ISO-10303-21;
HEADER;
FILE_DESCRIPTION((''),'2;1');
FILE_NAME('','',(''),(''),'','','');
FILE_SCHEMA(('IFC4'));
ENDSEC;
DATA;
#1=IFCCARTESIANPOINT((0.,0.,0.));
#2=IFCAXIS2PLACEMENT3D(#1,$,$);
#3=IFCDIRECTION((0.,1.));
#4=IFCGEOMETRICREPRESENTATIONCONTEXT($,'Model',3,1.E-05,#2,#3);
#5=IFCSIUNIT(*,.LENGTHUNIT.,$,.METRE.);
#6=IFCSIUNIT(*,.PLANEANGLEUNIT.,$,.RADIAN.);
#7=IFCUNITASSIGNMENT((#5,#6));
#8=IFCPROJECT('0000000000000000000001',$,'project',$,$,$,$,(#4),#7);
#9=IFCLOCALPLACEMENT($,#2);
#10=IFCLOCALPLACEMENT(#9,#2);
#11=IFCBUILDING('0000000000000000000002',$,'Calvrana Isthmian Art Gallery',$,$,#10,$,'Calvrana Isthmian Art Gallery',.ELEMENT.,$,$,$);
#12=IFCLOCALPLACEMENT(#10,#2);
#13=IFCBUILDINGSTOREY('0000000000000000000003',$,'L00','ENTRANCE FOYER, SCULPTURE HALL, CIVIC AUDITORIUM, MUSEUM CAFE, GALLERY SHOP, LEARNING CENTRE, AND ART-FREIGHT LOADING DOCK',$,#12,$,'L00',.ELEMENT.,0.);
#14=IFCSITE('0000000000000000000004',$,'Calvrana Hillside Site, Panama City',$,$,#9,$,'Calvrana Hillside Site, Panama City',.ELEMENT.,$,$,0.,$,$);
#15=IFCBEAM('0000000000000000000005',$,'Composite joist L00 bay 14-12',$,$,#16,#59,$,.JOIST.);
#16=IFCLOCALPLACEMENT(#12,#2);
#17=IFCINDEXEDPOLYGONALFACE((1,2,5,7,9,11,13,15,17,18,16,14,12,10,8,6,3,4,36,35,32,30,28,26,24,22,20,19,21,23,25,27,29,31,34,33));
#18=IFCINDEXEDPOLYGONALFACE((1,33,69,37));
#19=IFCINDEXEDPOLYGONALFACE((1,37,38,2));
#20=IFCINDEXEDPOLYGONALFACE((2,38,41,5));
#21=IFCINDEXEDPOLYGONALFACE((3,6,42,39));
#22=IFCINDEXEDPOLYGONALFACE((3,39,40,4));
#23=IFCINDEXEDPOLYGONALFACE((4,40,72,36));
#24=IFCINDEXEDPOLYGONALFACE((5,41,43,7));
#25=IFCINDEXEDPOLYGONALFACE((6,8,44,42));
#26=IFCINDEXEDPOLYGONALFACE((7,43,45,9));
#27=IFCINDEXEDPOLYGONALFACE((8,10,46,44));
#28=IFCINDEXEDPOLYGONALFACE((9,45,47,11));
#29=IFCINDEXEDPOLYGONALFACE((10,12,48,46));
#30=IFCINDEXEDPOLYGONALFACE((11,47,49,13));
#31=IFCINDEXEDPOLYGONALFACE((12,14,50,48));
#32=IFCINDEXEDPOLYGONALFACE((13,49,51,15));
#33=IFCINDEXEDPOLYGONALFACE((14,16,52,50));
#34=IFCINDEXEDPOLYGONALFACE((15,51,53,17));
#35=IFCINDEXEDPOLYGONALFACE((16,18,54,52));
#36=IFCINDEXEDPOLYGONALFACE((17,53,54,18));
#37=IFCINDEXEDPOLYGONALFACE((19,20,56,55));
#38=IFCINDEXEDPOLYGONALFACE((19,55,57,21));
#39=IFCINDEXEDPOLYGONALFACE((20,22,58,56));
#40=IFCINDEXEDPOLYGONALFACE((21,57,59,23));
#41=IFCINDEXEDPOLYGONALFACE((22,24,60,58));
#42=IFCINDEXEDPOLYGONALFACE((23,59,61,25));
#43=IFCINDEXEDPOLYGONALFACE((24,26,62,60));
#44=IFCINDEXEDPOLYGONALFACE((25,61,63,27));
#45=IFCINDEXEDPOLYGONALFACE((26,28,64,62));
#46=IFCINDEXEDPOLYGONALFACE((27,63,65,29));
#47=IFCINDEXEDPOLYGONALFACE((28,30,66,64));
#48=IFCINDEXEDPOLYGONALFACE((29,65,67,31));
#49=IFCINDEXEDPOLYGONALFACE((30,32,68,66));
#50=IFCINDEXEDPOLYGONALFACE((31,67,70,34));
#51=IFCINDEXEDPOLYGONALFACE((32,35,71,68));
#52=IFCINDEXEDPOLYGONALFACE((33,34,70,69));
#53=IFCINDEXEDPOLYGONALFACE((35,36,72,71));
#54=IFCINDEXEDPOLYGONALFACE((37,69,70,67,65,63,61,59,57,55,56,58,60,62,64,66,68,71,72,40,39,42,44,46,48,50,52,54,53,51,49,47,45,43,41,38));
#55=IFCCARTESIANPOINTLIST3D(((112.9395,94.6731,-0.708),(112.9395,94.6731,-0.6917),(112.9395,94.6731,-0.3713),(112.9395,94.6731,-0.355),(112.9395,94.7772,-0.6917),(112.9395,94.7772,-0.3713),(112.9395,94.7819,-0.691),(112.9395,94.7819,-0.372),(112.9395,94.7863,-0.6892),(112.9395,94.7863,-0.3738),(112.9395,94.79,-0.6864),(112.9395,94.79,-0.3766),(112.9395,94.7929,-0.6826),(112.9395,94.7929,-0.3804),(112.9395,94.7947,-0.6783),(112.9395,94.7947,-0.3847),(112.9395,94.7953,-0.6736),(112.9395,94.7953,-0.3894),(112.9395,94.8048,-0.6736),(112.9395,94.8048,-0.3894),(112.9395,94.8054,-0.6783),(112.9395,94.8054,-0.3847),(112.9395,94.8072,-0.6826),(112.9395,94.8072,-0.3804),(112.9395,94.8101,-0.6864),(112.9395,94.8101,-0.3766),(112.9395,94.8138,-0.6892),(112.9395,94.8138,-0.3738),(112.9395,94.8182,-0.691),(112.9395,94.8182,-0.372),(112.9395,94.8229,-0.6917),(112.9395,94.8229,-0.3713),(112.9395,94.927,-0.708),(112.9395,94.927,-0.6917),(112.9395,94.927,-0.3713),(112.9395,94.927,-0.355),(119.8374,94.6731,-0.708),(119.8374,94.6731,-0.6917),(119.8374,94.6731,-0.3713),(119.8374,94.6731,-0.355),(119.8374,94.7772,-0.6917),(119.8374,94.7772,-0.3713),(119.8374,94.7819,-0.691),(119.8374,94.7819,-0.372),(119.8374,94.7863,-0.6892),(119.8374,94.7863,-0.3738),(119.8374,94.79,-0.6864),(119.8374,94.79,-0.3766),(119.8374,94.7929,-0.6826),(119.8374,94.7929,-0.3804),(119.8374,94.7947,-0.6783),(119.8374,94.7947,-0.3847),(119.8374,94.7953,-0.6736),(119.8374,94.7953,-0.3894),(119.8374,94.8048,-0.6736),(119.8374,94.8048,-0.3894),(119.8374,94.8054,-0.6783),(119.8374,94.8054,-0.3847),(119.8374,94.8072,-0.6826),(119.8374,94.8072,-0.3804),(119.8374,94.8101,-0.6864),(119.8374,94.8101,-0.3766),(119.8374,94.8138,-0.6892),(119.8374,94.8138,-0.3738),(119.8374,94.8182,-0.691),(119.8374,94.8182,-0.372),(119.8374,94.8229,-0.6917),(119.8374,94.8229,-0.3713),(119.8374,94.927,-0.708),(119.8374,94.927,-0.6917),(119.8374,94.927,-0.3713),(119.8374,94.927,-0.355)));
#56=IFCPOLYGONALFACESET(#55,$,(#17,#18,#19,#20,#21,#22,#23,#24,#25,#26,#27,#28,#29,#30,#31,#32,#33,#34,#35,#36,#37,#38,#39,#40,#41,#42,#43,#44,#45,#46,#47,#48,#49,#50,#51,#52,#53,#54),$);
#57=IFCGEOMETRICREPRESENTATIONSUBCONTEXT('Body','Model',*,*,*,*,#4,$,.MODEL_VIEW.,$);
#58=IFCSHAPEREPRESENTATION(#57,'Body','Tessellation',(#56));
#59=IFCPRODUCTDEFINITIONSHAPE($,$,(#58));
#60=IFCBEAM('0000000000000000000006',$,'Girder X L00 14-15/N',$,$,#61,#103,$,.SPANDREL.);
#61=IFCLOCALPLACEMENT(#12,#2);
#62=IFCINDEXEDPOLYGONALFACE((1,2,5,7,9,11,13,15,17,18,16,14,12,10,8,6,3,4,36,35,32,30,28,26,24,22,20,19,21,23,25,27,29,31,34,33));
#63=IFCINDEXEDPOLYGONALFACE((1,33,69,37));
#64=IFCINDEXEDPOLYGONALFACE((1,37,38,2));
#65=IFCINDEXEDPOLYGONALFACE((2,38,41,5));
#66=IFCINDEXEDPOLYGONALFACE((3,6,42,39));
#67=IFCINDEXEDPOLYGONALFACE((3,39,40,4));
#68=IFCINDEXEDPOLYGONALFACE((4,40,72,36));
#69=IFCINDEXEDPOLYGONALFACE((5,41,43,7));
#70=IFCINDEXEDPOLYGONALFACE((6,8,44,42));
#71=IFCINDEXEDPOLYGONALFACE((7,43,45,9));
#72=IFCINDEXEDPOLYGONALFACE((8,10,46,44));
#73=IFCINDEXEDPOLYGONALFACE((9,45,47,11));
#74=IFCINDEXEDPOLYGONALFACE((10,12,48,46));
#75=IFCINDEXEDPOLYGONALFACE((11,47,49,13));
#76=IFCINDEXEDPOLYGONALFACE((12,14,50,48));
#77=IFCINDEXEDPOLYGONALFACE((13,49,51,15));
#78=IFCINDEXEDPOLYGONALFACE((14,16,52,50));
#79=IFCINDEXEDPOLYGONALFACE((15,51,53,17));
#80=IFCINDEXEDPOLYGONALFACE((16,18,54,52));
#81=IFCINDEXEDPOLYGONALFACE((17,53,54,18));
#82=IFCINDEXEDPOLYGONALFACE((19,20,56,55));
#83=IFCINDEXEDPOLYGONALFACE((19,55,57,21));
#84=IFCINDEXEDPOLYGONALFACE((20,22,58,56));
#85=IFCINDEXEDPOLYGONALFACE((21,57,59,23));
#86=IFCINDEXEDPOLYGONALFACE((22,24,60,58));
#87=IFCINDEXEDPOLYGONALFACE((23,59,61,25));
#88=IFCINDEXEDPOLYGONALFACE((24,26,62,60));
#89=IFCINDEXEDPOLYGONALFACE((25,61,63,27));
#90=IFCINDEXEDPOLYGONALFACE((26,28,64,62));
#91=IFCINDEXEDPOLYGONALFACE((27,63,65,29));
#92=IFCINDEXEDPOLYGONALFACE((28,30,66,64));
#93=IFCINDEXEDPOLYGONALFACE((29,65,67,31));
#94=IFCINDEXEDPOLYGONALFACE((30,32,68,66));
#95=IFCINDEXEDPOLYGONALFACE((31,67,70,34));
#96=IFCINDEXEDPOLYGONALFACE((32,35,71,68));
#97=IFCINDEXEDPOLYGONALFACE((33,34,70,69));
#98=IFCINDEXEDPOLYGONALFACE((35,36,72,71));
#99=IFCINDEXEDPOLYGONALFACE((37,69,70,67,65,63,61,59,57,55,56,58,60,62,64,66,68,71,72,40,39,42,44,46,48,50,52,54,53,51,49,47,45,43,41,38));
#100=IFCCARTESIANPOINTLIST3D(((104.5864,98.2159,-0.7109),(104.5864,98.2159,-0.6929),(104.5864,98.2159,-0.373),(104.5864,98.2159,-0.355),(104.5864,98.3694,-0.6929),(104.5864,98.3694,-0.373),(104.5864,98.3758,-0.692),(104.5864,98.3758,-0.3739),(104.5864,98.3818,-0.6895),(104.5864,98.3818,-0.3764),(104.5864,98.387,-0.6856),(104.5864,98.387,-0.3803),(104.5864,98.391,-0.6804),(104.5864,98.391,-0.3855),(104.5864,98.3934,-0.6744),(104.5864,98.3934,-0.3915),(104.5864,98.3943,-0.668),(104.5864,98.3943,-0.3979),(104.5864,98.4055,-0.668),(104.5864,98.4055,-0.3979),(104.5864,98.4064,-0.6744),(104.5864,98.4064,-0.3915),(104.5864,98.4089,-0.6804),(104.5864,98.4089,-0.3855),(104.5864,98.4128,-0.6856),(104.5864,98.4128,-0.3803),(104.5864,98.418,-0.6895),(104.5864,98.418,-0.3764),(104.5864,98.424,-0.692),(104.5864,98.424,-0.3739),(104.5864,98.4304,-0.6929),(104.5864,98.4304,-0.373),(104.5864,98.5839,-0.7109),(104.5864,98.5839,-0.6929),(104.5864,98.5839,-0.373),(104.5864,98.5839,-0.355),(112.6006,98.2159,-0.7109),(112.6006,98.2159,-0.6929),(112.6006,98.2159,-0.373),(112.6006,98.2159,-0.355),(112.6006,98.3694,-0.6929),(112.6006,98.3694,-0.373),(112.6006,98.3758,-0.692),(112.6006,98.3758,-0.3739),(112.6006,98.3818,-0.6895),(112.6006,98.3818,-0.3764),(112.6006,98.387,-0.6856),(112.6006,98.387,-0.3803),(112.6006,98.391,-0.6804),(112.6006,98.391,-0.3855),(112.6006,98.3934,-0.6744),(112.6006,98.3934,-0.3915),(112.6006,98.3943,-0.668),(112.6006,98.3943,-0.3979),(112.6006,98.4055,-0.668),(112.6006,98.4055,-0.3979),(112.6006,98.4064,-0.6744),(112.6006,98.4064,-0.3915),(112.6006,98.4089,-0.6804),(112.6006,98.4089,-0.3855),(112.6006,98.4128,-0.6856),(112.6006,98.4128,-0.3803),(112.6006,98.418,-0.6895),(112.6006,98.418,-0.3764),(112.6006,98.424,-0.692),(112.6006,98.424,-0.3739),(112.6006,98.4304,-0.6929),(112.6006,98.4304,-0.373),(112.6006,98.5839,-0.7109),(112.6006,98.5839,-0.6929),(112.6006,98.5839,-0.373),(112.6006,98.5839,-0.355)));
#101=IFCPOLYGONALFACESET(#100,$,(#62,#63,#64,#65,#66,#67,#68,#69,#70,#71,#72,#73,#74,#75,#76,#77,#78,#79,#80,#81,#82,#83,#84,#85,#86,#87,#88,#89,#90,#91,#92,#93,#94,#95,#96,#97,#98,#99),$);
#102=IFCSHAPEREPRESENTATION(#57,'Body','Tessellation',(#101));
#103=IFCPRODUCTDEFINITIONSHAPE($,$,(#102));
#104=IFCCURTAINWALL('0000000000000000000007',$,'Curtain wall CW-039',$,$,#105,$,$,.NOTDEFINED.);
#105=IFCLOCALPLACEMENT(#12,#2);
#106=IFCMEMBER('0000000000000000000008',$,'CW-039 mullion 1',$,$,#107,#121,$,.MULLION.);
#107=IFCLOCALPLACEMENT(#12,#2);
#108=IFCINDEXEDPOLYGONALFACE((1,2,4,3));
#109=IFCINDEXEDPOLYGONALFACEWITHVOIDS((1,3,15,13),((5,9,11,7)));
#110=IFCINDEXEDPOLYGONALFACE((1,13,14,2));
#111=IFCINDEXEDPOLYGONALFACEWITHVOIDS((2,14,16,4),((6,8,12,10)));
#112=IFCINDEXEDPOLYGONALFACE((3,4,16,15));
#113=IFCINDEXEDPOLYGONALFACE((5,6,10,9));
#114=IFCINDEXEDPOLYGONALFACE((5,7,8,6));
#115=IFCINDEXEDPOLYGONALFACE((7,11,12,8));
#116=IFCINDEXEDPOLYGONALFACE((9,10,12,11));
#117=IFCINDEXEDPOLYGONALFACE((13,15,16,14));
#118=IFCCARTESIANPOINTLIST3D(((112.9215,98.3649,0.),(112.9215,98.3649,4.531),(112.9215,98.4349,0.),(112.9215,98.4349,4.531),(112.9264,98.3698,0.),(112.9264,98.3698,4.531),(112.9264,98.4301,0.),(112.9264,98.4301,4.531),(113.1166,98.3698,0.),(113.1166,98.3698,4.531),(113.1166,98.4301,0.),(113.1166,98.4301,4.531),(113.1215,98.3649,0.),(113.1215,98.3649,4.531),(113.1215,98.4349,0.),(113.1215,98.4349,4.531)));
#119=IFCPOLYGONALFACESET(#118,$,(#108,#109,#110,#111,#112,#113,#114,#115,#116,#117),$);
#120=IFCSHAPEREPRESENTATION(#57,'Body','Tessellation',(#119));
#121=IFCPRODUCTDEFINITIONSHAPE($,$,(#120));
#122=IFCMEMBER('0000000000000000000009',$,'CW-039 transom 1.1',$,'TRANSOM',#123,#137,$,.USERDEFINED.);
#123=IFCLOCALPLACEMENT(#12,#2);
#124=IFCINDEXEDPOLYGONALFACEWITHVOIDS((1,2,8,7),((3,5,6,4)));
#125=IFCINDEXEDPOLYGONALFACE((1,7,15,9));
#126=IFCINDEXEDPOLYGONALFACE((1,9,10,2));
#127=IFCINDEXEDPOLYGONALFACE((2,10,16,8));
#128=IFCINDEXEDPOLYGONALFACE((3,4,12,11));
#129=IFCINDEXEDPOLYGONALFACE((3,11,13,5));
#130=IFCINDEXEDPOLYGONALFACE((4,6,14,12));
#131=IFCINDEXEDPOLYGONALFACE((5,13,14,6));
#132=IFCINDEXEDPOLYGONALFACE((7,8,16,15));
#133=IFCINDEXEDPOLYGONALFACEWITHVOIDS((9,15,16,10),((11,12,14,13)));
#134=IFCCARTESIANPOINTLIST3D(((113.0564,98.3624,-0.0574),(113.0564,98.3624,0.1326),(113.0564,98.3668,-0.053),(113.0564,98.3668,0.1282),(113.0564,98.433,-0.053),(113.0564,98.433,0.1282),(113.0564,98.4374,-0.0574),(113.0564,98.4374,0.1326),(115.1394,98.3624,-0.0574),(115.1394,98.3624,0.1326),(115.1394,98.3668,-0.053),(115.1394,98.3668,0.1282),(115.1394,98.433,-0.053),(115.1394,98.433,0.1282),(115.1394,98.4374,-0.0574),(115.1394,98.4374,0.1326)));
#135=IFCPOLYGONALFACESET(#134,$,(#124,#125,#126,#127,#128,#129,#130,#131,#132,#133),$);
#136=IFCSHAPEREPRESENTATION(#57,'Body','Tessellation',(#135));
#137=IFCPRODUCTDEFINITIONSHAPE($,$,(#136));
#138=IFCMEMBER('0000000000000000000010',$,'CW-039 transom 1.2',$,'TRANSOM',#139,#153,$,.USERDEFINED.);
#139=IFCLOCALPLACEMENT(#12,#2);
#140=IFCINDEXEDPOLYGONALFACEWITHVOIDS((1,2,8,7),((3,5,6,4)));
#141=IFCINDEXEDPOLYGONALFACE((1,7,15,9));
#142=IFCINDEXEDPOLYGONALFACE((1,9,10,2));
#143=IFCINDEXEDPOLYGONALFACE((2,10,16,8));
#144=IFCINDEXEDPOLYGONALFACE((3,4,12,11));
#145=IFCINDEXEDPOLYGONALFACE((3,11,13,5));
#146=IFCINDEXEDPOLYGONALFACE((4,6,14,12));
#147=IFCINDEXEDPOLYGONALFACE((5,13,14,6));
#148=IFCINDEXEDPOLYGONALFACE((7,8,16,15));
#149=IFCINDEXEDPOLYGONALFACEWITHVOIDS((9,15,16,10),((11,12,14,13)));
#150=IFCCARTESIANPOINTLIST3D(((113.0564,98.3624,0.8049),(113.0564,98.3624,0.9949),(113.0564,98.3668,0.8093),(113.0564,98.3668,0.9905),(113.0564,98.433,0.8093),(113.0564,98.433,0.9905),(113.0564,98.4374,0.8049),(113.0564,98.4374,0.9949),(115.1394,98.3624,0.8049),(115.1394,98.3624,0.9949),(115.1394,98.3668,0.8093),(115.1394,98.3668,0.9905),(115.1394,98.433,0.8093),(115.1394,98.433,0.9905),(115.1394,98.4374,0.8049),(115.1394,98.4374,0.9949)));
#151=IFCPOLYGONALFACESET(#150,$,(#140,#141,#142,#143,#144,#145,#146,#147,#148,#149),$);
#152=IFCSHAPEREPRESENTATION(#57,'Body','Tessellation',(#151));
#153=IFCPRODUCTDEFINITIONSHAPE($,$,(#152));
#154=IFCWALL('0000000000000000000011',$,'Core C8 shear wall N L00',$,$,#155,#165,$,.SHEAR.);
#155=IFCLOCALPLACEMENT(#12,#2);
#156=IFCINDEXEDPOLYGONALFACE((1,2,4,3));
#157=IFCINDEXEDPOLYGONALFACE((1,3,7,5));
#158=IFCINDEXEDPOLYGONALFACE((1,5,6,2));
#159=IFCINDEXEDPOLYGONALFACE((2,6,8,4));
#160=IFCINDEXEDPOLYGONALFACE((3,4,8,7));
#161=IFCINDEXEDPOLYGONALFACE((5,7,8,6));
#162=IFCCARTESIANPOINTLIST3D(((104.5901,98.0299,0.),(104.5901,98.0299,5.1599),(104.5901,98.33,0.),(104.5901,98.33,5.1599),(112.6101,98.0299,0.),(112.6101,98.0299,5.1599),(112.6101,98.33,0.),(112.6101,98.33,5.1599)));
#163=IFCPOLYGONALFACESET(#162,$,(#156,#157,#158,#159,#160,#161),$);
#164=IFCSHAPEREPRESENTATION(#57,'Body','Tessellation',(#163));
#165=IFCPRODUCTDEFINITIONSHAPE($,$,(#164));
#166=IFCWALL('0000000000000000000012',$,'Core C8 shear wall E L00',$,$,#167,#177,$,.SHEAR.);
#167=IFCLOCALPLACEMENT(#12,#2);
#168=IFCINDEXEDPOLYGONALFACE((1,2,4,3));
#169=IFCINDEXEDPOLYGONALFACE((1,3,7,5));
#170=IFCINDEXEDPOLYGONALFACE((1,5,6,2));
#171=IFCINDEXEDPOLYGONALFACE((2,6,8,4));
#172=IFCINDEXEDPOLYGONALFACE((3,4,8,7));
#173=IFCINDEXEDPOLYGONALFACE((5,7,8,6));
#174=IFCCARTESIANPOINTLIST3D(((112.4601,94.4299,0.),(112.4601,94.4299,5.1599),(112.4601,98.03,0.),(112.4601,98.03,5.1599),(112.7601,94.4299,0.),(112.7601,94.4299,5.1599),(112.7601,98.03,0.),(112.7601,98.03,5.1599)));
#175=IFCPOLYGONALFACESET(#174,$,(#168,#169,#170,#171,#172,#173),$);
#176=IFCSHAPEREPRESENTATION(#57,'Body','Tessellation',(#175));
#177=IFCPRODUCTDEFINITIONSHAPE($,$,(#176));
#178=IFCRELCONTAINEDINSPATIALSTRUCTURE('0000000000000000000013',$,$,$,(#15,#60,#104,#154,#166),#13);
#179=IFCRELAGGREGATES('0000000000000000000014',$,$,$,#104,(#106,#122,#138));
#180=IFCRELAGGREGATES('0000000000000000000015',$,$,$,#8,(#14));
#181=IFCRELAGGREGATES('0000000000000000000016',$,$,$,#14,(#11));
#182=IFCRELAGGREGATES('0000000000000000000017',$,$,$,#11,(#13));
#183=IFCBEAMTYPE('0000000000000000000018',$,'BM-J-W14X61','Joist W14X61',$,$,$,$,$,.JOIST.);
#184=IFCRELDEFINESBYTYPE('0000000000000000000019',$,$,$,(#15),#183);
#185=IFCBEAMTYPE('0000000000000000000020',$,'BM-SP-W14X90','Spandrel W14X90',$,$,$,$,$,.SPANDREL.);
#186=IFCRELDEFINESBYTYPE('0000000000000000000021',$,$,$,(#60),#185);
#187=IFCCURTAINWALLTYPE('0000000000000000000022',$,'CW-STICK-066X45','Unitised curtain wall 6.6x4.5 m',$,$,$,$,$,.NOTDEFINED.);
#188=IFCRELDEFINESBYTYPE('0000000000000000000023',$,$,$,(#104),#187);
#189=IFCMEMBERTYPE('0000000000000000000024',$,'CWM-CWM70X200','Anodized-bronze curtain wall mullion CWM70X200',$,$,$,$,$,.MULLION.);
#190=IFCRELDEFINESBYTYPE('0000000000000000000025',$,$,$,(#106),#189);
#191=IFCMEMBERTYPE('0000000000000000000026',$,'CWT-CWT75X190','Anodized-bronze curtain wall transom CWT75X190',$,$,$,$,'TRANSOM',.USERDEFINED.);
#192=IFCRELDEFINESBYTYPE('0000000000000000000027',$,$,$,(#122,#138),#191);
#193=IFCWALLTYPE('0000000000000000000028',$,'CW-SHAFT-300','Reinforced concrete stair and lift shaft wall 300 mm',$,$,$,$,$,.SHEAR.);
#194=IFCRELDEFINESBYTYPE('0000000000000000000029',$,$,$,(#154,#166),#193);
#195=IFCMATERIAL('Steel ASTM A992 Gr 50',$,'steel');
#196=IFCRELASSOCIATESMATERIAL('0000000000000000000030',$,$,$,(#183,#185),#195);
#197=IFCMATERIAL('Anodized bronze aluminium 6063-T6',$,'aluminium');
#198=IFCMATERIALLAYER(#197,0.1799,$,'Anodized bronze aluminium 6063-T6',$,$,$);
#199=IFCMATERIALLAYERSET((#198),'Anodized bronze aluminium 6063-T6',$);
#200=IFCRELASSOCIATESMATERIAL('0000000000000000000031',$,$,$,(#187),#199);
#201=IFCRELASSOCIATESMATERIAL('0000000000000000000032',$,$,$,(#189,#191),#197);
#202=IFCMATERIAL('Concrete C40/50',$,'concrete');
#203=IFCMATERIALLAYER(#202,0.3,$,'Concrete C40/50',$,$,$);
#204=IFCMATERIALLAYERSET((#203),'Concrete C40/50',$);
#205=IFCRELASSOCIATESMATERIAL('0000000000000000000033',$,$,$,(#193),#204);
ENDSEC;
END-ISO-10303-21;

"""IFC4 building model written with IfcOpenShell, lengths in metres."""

from ifc_helpers import new_model, si_unit, direction, frame, frame_2d, origin, origin_2d, place, context, subcontext, project, spatial, rectangle, hollow_rectangle, i_section, extrude, material, layer, layer_set, material_profile, profile_set, type_object, element, aggregate, save


model = new_model("IFC4")

# Units and contexts
model_context = context("Model", 3, precision=1e-05, world=origin(), true_north=direction((0.0, 1.0)))
body_context = subcontext(model_context, "Body", "Model", "MODEL_VIEW")
ifc_project = project(units=[si_unit("LENGTHUNIT", "METRE"), si_unit("PLANEANGLEUNIT", "RADIAN")], contexts=[model_context])

# Site, building, storey
site_placement = place(None, origin())
site = spatial("IfcSite", under=ifc_project, at=site_placement, Name="Calvrana Hillside Site, Panama City", LongName="Calvrana Hillside Site, Panama City", CompositionType="ELEMENT", RefElevation=0.0)
building_placement = place(site_placement, origin())
building = spatial("IfcBuilding", under=site, at=building_placement, Name="Calvrana Isthmian Art Gallery", LongName="Calvrana Isthmian Art Gallery", CompositionType="ELEMENT")
storey_placement = place(building_placement, origin())
storey = spatial("IfcBuildingStorey", under=building, at=storey_placement, Name="L00", Description="ENTRANCE FOYER, SCULPTURE HALL, CIVIC AUDITORIUM, MUSEUM CAFE, GALLERY SHOP, LEARNING CENTRE, AND ART-FREIGHT LOADING DOCK", LongName="L00", CompositionType="ELEMENT", Elevation=0.0)

# Shared definitions
ifc_material_1 = material(Name="Steel ASTM A992 Gr 50", Category="steel")

# Beams
ifc_material_profile_1 = material_profile(ifc_material_1, i_section(OverallWidth=0.2539, OverallDepth=0.353, WebThickness=0.0095, FlangeThickness=0.0164, FilletRadius=0.0181, at=origin_2d()), Name="W14X61")
ifc_profile_set_1 = profile_set([ifc_material_profile_1], Name="Steel ASTM A992 Gr 50")
beam_type_1 = type_object("IfcBeamType", Name="BM-J-W14X61", Description="Joist W14X61", PredefinedType="JOIST", material=ifc_profile_set_1)
beam_1_placement = place(storey_placement, frame((112.9395, 94.8, -0.5315), z_axis=(1.0, 0.0, 0.0), x_axis=(0.0, 1.0, 0.0)))
element("IfcBeam", 1, at=beam_1_placement, inside=storey, type_object=beam_type_1, Name="Composite joist L00 bay 14-12", PredefinedType="JOIST", context=body_context, shape_type="SweptSolid", body=[
    extrude(i_section(OverallWidth=0.2539, OverallDepth=0.353, WebThickness=0.0095, FlangeThickness=0.0164, FilletRadius=0.0181, at=origin_2d()), origin(), (0.0, 0.0, 1.0), 6.8979),
])
ifc_material_profile_2 = material_profile(ifc_material_1, i_section(OverallWidth=0.3679, OverallDepth=0.356, WebThickness=0.0112, FlangeThickness=0.0181, FilletRadius=0.0249, at=origin_2d()), Name="W14X90")
ifc_profile_set_2 = profile_set([ifc_material_profile_2], Name="Steel ASTM A992 Gr 50")
beam_type_2 = type_object("IfcBeamType", Name="BM-SP-W14X90", Description="Spandrel W14X90", PredefinedType="SPANDREL", material=ifc_profile_set_2)
beam_2_placement = place(storey_placement, frame((104.5864, 98.3999, -0.533), z_axis=(1.0, 0.0, 0.0), x_axis=(0.0, 1.0, 0.0)))
element("IfcBeam", 2, at=beam_2_placement, inside=storey, type_object=beam_type_2, Name="Girder X L00 14-15/N", PredefinedType="SPANDREL", context=body_context, shape_type="SweptSolid", body=[
    extrude(i_section(OverallWidth=0.3679, OverallDepth=0.356, WebThickness=0.0112, FlangeThickness=0.0181, FilletRadius=0.0249, at=origin_2d()), origin(), (0.0, 0.0, 1.0), 8.0142),
])

# Curtain wall, members
ifc_material_2 = material(Name="Anodized bronze aluminium 6063-T6", Category="aluminium")
ifc_layer_1 = layer(ifc_material_2, 0.1799, Name="Anodized bronze aluminium 6063-T6")
ifc_layer_set_1 = layer_set([ifc_layer_1], Name="Anodized bronze aluminium 6063-T6")
curtain_wall_type = type_object("IfcCurtainWallType", Name="CW-STICK-066X45", Description="Unitised curtain wall 6.6x4.5 m", PredefinedType="NOTDEFINED", material=ifc_layer_set_1)
curtain_wall_placement = place(storey_placement, origin())
curtain_wall = element("IfcCurtainWall", 3, at=curtain_wall_placement, inside=storey, type_object=curtain_wall_type, Name="Curtain wall CW-039", PredefinedType="NOTDEFINED")
ifc_material_profile_3 = material_profile(ifc_material_2, hollow_rectangle(XDim=0.0701, YDim=0.2, WallThickness=0.0049, at=origin_2d()), Name="CWM70X200")
ifc_profile_set_3 = profile_set([ifc_material_profile_3], Name="Anodized bronze aluminium 6063-T6")
member_type_1 = type_object("IfcMemberType", Name="CWM-CWM70X200", Description="Anodized-bronze curtain wall mullion CWM70X200", PredefinedType="MULLION", material=ifc_profile_set_3)
member_1_placement = place(storey_placement, frame((113.0215, 98.3999, 0.0), z_axis=(0.0, 0.0, 1.0), x_axis=(0.0, 1.0, 0.0)))
member_1 = element("IfcMember", 4, at=member_1_placement, type_object=member_type_1, Name="CW-039 mullion 1", PredefinedType="MULLION", context=body_context, shape_type="SweptSolid", body=[
    extrude(hollow_rectangle(XDim=0.0701, YDim=0.2, WallThickness=0.0049, at=origin_2d()), origin(), (0.0, 0.0, 1.0), 4.531),
])
ifc_material_profile_4 = material_profile(ifc_material_2, hollow_rectangle(XDim=0.075, YDim=0.1899, WallThickness=0.0044, at=origin_2d()), Name="CWT75X190")
ifc_profile_set_4 = profile_set([ifc_material_profile_4], Name="Anodized bronze aluminium 6063-T6")
member_type_2 = type_object("IfcMemberType", Name="CWT-CWT75X190", Description="Anodized-bronze curtain wall transom CWT75X190", ElementType="TRANSOM", PredefinedType="USERDEFINED", material=ifc_profile_set_4)
member_2_placement = place(storey_placement, frame((113.0564, 98.3999, 0.0376), z_axis=(1.0, 0.0, 0.0), x_axis=(0.0, 1.0, 0.0)))
member_2 = element("IfcMember", 5, at=member_2_placement, type_object=member_type_2, Name="CW-039 transom 1.1", ObjectType="TRANSOM", PredefinedType="USERDEFINED", context=body_context, shape_type="SweptSolid", body=[
    extrude(hollow_rectangle(XDim=0.075, YDim=0.1899, WallThickness=0.0044, at=origin_2d()), origin(), (0.0, 0.0, 1.0), 2.083),
])
member_3_placement = place(storey_placement, frame((113.0564, 98.3999, 0.8999), z_axis=(1.0, 0.0, 0.0), x_axis=(0.0, 1.0, 0.0)))
member_3 = element("IfcMember", 6, at=member_3_placement, type_object=member_type_2, Name="CW-039 transom 1.2", ObjectType="TRANSOM", PredefinedType="USERDEFINED", context=body_context, shape_type="SweptSolid", body=[
    extrude(hollow_rectangle(XDim=0.075, YDim=0.1899, WallThickness=0.0044, at=origin_2d()), origin(), (0.0, 0.0, 1.0), 2.083),
])
aggregate(curtain_wall, [member_1, member_2, member_3])

# Walls
ifc_material_3 = material(Name="Concrete C40/50", Category="concrete")
ifc_layer_2 = layer(ifc_material_3, 0.3, Name="Concrete C40/50")
ifc_layer_set_2 = layer_set([ifc_layer_2], Name="Concrete C40/50")
wall_type = type_object("IfcWallType", Name="CW-SHAFT-300", Description="Reinforced concrete stair and lift shaft wall 300 mm", PredefinedType="SHEAR", material=ifc_layer_set_2)
wall_1_placement = place(storey_placement, frame((104.5901, 98.1799, 0.0), z_axis=(0.0, 0.0, 1.0), x_axis=(1.0, 0.0, 0.0)))
element("IfcWall", 7, at=wall_1_placement, inside=storey, type_object=wall_type, Name="Core C8 shear wall N L00", PredefinedType="SHEAR", context=body_context, shape_type="SweptSolid", body=[
    extrude(rectangle(XDim=8.02, YDim=0.3, at=frame_2d((4.01, 0.0))), origin(), (0.0, 0.0, 1.0), 5.1599),
])
wall_2_placement = place(storey_placement, frame((112.6101, 94.4299, 0.0), z_axis=(0.0, 0.0, 1.0), x_axis=(0.0, 1.0, 0.0)))
element("IfcWall", 8, at=wall_2_placement, inside=storey, type_object=wall_type, Name="Core C8 shear wall E L00", PredefinedType="SHEAR", context=body_context, shape_type="SweptSolid", body=[
    extrude(rectangle(XDim=3.6001, YDim=0.3, at=frame_2d((1.8, 0.0))), origin(), (0.0, 0.0, 1.0), 5.1599),
])

save(model, "model.ifc")
